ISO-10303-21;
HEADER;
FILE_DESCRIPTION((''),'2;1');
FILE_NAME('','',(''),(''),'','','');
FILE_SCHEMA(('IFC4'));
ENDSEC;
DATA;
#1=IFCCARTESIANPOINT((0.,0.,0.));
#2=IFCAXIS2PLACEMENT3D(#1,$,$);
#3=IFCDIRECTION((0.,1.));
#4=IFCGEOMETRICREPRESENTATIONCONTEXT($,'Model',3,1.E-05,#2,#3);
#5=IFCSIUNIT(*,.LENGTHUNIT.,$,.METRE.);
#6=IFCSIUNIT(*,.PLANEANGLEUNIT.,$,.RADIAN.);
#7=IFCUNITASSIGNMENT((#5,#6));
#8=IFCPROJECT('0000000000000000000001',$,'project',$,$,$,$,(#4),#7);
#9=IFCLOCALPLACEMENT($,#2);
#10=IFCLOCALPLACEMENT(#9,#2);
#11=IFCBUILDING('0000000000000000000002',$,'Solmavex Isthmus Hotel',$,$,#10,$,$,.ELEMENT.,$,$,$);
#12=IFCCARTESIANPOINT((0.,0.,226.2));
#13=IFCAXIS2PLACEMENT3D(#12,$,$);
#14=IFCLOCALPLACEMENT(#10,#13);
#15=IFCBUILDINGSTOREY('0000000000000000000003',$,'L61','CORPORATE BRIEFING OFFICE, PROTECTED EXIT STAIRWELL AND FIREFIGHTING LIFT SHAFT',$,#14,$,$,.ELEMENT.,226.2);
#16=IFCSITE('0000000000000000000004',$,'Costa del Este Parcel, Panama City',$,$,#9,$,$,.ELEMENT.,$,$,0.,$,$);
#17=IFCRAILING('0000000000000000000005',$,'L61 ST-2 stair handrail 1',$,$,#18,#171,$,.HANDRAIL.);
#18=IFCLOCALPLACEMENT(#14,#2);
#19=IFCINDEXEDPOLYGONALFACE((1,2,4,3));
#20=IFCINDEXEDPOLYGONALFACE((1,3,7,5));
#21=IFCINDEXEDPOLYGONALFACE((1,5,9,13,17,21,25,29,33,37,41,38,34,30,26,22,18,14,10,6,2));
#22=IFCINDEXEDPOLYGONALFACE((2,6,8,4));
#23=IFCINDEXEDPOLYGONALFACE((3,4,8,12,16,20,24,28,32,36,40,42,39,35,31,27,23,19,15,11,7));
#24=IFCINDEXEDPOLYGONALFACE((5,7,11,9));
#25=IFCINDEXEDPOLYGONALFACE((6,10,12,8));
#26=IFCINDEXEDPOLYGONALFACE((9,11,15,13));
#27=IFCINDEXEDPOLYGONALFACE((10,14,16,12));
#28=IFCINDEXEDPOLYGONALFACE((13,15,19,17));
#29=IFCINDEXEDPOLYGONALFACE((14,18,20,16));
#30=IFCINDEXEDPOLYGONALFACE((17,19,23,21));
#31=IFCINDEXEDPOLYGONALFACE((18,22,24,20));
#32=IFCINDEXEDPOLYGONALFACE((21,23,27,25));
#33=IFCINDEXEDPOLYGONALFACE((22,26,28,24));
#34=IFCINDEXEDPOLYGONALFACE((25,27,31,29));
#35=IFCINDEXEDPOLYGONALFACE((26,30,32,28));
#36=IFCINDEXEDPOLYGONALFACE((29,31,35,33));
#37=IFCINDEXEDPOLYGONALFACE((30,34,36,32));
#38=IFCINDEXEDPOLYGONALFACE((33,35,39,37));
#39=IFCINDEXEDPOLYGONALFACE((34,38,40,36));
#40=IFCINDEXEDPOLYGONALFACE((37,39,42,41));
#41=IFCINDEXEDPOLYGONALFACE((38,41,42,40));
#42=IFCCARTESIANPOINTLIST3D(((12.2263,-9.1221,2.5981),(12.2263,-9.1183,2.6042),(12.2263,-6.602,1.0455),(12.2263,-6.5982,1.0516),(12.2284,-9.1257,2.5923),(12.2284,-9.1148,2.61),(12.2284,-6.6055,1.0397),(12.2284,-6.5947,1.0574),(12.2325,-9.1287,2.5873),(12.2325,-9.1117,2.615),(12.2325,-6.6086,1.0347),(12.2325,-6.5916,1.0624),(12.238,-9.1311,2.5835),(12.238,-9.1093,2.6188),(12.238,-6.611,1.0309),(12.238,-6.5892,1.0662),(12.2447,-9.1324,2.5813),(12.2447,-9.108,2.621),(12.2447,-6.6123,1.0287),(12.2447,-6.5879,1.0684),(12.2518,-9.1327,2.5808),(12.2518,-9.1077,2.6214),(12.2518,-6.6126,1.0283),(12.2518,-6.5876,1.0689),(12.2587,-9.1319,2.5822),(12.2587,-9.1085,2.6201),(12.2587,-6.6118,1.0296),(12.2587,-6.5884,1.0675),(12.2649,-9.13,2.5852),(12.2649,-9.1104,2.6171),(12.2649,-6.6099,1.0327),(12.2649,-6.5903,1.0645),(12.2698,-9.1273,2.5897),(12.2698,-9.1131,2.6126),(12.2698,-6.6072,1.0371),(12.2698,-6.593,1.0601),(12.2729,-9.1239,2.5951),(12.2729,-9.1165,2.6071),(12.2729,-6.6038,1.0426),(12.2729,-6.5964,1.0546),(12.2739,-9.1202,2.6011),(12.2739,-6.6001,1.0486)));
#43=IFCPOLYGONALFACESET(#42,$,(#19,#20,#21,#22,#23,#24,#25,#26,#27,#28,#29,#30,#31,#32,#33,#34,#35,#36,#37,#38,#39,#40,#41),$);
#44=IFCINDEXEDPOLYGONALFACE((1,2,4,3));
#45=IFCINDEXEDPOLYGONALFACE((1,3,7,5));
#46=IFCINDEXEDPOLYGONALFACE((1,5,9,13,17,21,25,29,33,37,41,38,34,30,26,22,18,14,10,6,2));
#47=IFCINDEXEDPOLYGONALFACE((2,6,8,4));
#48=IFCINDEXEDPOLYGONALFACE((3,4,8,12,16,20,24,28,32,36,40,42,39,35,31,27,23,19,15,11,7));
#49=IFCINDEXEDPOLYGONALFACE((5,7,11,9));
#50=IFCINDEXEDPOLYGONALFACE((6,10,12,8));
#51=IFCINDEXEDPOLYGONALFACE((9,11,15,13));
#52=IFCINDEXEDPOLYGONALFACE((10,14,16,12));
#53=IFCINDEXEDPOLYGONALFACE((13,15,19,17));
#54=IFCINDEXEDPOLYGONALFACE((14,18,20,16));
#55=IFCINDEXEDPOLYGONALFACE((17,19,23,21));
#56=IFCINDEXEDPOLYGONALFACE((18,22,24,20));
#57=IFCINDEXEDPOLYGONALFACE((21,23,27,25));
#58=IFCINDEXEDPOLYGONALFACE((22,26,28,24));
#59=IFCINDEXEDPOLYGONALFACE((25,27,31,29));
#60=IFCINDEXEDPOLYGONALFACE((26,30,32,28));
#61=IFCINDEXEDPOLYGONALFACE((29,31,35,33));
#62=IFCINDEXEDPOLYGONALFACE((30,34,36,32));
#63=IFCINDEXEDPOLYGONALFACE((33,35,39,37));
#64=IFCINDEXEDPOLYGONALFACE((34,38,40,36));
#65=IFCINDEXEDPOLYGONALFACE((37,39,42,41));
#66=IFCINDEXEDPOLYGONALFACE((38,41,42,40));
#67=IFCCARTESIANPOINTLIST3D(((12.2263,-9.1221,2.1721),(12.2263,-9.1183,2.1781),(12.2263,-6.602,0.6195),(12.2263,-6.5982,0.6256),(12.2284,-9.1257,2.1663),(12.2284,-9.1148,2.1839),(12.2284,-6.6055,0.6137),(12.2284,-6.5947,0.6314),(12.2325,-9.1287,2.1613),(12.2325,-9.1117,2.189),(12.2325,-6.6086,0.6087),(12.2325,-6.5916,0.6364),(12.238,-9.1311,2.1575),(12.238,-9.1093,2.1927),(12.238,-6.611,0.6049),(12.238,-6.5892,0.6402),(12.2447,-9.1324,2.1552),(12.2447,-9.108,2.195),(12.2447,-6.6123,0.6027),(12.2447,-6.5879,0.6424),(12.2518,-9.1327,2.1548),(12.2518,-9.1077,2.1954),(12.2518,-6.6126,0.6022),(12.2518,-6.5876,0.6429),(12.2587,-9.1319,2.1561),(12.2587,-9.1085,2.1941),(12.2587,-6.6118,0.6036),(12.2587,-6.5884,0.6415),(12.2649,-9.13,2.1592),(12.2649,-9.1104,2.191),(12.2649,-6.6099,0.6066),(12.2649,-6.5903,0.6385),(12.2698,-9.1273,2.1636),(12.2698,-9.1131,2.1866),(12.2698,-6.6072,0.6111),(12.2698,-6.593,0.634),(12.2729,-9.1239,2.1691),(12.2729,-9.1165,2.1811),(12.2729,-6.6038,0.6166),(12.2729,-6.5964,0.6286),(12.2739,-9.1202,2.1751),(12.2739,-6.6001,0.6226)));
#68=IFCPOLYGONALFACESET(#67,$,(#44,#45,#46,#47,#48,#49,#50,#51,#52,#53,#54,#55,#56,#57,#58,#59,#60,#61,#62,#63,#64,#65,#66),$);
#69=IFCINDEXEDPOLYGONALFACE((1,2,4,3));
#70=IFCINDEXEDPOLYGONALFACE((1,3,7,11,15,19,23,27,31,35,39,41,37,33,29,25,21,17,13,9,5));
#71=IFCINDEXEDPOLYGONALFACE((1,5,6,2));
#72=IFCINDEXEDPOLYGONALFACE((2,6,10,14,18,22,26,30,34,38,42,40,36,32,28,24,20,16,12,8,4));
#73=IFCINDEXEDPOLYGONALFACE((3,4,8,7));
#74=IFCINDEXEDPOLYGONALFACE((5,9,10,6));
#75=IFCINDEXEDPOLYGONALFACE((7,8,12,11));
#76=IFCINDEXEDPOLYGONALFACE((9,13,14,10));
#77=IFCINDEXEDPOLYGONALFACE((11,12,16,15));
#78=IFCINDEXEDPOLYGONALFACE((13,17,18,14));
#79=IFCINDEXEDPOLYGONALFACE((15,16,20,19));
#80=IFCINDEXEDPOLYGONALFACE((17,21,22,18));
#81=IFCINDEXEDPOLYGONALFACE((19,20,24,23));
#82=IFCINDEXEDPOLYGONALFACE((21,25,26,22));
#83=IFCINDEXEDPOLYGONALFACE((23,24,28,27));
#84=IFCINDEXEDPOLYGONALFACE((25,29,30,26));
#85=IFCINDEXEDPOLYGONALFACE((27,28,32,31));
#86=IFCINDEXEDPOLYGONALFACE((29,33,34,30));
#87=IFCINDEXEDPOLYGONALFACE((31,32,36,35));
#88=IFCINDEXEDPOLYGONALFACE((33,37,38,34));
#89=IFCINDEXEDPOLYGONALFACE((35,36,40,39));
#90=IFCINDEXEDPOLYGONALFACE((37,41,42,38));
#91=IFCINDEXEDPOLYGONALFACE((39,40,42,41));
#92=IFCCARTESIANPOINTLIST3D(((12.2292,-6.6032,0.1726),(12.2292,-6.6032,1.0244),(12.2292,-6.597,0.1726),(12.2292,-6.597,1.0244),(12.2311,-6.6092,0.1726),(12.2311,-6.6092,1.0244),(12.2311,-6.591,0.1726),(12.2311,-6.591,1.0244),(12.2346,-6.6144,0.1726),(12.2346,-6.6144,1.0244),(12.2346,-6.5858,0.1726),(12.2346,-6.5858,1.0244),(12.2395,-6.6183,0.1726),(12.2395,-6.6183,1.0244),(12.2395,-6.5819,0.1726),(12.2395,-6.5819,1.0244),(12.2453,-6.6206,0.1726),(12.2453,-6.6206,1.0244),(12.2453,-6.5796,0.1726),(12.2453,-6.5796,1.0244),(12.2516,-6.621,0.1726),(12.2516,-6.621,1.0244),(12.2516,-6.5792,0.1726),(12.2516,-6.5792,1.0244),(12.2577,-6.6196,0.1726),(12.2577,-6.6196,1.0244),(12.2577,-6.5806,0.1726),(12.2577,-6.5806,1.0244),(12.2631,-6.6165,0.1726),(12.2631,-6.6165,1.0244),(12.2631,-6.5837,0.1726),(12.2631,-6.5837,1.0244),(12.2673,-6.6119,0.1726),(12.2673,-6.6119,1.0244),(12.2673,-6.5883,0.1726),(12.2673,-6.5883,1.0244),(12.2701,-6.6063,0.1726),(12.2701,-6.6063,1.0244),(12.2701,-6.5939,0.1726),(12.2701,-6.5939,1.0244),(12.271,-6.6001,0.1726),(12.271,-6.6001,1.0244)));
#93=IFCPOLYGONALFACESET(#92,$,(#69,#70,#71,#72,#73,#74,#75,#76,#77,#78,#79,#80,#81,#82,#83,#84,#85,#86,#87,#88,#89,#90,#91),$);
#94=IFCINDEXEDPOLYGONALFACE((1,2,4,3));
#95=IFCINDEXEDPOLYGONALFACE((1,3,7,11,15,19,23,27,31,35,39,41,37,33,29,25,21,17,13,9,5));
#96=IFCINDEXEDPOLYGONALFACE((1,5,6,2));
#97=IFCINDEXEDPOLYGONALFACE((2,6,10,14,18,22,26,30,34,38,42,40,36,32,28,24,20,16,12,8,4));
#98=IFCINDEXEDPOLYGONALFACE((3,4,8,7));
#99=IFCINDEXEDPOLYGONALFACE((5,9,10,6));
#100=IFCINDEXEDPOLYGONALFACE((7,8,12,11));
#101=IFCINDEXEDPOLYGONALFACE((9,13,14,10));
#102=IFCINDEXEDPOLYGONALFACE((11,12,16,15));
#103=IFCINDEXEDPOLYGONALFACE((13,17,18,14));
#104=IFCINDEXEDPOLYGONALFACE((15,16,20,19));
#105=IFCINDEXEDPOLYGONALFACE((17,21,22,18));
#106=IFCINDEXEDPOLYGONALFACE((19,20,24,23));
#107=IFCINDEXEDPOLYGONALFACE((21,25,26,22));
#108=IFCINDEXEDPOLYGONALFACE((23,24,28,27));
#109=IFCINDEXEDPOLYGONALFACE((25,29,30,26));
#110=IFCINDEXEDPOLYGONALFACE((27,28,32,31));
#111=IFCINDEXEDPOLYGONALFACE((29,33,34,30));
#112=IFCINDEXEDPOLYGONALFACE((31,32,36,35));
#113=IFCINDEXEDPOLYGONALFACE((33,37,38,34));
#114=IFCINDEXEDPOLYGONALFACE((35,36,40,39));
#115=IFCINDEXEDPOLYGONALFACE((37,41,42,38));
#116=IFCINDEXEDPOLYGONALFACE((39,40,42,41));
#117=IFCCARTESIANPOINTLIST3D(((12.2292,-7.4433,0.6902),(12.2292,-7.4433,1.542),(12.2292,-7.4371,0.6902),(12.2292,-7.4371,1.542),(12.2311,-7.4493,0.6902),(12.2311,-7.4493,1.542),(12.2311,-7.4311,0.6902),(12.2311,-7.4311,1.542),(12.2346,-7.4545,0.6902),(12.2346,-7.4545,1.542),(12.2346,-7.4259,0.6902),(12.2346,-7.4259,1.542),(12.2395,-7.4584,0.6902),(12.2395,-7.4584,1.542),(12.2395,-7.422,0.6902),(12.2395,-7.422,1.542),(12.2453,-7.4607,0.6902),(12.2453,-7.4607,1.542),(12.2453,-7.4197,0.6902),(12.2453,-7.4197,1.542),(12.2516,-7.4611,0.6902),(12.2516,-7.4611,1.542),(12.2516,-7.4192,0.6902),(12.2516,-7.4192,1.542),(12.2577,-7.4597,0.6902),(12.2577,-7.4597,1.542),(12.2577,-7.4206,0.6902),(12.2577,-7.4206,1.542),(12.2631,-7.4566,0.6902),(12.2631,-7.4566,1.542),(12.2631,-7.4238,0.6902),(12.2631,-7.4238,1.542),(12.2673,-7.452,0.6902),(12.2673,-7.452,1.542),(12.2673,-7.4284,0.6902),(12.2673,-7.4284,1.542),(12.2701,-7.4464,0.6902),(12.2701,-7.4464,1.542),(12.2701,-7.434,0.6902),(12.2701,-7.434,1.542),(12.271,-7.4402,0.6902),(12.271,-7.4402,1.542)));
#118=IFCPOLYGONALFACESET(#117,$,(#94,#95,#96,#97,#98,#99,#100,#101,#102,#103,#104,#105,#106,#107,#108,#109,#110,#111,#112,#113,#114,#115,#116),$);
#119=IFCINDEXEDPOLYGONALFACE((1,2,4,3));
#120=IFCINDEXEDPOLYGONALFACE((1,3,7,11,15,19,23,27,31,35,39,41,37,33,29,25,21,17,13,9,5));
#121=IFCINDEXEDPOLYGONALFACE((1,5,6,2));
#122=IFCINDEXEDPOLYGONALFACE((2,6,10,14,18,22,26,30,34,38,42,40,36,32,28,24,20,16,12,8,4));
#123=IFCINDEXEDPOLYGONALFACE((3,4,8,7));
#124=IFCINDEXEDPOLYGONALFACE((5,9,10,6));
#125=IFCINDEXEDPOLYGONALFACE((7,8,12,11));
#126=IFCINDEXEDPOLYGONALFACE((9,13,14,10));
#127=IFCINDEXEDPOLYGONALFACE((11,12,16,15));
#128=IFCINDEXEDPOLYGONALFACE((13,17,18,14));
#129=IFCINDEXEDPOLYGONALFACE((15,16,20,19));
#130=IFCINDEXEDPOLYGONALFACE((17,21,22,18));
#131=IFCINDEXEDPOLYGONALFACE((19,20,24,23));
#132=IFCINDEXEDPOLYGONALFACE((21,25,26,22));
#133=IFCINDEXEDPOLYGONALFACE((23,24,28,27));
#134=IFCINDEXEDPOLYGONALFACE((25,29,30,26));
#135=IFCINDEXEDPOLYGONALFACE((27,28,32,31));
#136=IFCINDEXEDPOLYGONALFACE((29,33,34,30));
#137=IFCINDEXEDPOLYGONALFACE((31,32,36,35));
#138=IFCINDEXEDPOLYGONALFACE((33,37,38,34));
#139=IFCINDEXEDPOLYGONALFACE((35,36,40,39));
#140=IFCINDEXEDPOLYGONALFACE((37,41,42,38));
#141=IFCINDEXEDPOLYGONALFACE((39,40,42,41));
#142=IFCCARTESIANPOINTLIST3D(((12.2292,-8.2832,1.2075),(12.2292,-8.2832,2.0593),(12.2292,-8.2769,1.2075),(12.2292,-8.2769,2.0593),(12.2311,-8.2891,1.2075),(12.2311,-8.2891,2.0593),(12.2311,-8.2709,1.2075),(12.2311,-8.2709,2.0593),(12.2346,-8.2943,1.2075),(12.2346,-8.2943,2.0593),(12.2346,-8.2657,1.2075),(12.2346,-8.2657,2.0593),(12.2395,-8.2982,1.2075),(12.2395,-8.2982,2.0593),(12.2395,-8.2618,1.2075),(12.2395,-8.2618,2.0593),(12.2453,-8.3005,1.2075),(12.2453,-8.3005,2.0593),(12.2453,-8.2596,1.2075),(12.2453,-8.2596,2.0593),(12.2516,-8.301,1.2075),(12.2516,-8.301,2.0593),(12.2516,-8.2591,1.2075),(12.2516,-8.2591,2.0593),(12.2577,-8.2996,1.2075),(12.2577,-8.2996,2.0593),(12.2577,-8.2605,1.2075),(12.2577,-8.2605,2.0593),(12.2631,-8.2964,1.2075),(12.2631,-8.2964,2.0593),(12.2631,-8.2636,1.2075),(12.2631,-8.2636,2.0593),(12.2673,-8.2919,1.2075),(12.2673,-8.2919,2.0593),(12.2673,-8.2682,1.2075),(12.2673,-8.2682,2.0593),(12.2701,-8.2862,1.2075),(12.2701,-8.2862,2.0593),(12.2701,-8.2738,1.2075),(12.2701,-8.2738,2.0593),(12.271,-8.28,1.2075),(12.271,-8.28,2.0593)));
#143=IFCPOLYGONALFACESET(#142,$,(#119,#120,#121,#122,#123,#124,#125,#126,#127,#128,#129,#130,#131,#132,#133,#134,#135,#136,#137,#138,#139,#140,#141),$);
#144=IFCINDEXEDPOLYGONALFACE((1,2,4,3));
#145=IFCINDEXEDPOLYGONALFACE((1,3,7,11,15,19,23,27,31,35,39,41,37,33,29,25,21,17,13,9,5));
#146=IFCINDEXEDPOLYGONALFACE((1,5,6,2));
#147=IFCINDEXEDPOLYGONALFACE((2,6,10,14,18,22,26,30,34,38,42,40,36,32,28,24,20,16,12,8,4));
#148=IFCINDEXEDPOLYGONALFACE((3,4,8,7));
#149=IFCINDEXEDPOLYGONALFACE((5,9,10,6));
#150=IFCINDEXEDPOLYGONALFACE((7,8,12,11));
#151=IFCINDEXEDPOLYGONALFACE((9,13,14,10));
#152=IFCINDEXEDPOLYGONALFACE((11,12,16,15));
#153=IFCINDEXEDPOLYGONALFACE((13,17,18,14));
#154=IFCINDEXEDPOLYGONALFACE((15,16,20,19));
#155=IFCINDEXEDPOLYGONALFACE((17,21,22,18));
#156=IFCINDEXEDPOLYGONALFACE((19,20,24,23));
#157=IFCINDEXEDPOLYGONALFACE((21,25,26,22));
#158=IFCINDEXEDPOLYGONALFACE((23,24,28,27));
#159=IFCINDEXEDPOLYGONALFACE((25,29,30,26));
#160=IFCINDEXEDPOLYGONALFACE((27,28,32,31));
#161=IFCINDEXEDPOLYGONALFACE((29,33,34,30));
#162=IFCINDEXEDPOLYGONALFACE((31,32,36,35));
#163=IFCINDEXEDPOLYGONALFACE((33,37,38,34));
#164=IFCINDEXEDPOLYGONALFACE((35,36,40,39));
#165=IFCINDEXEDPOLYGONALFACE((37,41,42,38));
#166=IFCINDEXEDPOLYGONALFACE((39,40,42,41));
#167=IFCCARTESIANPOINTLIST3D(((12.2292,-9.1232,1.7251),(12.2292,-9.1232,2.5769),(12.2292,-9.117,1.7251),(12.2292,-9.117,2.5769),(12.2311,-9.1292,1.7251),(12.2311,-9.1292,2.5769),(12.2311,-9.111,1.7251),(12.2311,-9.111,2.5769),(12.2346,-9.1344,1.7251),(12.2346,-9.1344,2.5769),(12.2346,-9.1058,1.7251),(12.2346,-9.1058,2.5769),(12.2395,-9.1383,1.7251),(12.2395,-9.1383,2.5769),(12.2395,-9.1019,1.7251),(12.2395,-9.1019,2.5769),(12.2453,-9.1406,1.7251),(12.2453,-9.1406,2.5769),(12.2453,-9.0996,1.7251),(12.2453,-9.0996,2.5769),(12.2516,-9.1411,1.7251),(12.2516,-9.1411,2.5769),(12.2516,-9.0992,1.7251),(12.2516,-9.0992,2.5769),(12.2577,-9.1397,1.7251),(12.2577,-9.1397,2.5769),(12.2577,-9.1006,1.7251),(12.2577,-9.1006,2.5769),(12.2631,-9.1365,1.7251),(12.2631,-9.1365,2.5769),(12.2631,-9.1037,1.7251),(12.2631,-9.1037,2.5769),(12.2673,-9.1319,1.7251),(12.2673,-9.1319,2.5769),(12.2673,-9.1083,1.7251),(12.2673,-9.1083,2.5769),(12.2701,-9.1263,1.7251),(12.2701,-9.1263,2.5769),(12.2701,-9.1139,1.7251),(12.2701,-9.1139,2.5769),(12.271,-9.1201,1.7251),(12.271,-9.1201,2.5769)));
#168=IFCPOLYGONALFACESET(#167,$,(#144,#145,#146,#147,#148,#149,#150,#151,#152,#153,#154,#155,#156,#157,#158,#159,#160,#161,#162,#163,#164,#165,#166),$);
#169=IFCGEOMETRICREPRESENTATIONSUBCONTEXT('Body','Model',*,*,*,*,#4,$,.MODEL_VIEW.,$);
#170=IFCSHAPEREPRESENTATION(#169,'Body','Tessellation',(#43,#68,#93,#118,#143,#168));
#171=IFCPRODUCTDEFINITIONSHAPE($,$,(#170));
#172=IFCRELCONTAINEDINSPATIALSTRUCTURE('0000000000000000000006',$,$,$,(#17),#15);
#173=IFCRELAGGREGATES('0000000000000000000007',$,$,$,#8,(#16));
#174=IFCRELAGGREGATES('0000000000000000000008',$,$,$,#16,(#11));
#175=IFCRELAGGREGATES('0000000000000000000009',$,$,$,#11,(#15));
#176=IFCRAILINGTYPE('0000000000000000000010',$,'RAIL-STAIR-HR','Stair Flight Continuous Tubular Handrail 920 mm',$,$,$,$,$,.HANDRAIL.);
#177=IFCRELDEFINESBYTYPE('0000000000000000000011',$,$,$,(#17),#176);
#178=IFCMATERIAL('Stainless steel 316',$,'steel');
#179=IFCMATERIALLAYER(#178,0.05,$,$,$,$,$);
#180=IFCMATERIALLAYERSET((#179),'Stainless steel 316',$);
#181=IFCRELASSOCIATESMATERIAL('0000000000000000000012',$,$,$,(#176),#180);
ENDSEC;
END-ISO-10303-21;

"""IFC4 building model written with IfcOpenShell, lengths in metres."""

from ifc_helpers import new_model, si_unit, direction, frame, origin, origin_2d, place, context, subcontext, project, spatial, circle, extrude, material, layer, layer_set, type_object, element, save


model = new_model("IFC4")

# Units and contexts
model_context = context("Model", 3, precision=1e-05, world=origin(), true_north=direction((0.0, 1.0)))
body_context = subcontext(model_context, "Body", "Model", "MODEL_VIEW")
ifc_project = project(units=[si_unit("LENGTHUNIT", "METRE"), si_unit("PLANEANGLEUNIT", "RADIAN")], contexts=[model_context])

# Site, building, storey
site_placement = place(None, origin())
site = spatial("IfcSite", under=ifc_project, at=site_placement, Name="Costa del Este Parcel, Panama City", CompositionType="ELEMENT", RefElevation=0.0)
building_placement = place(site_placement, origin())
building = spatial("IfcBuilding", under=site, at=building_placement, Name="Solmavex Isthmus Hotel", CompositionType="ELEMENT")
storey_placement = place(building_placement, frame((0.0, 0.0, 226.2)))
storey = spatial("IfcBuildingStorey", under=building, at=storey_placement, Name="L61", Description="CORPORATE BRIEFING OFFICE, PROTECTED EXIT STAIRWELL AND FIREFIGHTING LIFT SHAFT", CompositionType="ELEMENT", Elevation=226.2)

# Shared definitions
ifc_material_1 = material(Name="Stainless steel 316", Category="steel")

# Railing
ifc_layer_1 = layer(ifc_material_1, 0.05)
ifc_layer_set_1 = layer_set([ifc_layer_1], Name="Stainless steel 316")
railing_type_1 = type_object("IfcRailingType", Name="RAIL-STAIR-HR", Description="Stair Flight Continuous Tubular Handrail 920 mm", PredefinedType="HANDRAIL", material=ifc_layer_set_1)
railing_1_placement = place(storey_placement, frame((12.25, -6.6001, 0.1726)))
element("IfcRailing", 1, at=railing_1_placement, inside=storey, type_object=railing_type_1, Name="L61 ST-2 stair handrail 1", PredefinedType="HANDRAIL", context=body_context, shape_type="SweptSolid", body=[
    extrude(circle(Radius=0.0239, at=origin_2d()), frame((0.0, 0.0, 0.876), z_axis=(0.0, -0.8514, 0.524516), x_axis=(1.0, 0.0, 0.0)), (0.0, 0.0, 1.0), 2.96),
    extrude(circle(Radius=0.0239, at=origin_2d()), frame((0.0, 0.0, 0.45), z_axis=(0.0, -0.8514, 0.524516), x_axis=(1.0, 0.0, 0.0)), (0.0, 0.0, 1.0), 2.96),
    extrude(circle(Radius=0.021, at=origin_2d()), origin(), (0.0, 0.0, 1.0), 0.8518),
    extrude(circle(Radius=0.021, at=origin_2d()), frame((0.0, -0.8401, 0.5176)), (0.0, 0.0, 1.0), 0.8518),
    extrude(circle(Radius=0.021, at=origin_2d()), frame((0.0, -1.6799, 1.0349)), (0.0, 0.0, 1.0), 0.8518),
    extrude(circle(Radius=0.021, at=origin_2d()), frame((0.0, -2.52, 1.5525)), (0.0, 0.0, 1.0), 0.8518),
])

save(model, "model.ifc")
